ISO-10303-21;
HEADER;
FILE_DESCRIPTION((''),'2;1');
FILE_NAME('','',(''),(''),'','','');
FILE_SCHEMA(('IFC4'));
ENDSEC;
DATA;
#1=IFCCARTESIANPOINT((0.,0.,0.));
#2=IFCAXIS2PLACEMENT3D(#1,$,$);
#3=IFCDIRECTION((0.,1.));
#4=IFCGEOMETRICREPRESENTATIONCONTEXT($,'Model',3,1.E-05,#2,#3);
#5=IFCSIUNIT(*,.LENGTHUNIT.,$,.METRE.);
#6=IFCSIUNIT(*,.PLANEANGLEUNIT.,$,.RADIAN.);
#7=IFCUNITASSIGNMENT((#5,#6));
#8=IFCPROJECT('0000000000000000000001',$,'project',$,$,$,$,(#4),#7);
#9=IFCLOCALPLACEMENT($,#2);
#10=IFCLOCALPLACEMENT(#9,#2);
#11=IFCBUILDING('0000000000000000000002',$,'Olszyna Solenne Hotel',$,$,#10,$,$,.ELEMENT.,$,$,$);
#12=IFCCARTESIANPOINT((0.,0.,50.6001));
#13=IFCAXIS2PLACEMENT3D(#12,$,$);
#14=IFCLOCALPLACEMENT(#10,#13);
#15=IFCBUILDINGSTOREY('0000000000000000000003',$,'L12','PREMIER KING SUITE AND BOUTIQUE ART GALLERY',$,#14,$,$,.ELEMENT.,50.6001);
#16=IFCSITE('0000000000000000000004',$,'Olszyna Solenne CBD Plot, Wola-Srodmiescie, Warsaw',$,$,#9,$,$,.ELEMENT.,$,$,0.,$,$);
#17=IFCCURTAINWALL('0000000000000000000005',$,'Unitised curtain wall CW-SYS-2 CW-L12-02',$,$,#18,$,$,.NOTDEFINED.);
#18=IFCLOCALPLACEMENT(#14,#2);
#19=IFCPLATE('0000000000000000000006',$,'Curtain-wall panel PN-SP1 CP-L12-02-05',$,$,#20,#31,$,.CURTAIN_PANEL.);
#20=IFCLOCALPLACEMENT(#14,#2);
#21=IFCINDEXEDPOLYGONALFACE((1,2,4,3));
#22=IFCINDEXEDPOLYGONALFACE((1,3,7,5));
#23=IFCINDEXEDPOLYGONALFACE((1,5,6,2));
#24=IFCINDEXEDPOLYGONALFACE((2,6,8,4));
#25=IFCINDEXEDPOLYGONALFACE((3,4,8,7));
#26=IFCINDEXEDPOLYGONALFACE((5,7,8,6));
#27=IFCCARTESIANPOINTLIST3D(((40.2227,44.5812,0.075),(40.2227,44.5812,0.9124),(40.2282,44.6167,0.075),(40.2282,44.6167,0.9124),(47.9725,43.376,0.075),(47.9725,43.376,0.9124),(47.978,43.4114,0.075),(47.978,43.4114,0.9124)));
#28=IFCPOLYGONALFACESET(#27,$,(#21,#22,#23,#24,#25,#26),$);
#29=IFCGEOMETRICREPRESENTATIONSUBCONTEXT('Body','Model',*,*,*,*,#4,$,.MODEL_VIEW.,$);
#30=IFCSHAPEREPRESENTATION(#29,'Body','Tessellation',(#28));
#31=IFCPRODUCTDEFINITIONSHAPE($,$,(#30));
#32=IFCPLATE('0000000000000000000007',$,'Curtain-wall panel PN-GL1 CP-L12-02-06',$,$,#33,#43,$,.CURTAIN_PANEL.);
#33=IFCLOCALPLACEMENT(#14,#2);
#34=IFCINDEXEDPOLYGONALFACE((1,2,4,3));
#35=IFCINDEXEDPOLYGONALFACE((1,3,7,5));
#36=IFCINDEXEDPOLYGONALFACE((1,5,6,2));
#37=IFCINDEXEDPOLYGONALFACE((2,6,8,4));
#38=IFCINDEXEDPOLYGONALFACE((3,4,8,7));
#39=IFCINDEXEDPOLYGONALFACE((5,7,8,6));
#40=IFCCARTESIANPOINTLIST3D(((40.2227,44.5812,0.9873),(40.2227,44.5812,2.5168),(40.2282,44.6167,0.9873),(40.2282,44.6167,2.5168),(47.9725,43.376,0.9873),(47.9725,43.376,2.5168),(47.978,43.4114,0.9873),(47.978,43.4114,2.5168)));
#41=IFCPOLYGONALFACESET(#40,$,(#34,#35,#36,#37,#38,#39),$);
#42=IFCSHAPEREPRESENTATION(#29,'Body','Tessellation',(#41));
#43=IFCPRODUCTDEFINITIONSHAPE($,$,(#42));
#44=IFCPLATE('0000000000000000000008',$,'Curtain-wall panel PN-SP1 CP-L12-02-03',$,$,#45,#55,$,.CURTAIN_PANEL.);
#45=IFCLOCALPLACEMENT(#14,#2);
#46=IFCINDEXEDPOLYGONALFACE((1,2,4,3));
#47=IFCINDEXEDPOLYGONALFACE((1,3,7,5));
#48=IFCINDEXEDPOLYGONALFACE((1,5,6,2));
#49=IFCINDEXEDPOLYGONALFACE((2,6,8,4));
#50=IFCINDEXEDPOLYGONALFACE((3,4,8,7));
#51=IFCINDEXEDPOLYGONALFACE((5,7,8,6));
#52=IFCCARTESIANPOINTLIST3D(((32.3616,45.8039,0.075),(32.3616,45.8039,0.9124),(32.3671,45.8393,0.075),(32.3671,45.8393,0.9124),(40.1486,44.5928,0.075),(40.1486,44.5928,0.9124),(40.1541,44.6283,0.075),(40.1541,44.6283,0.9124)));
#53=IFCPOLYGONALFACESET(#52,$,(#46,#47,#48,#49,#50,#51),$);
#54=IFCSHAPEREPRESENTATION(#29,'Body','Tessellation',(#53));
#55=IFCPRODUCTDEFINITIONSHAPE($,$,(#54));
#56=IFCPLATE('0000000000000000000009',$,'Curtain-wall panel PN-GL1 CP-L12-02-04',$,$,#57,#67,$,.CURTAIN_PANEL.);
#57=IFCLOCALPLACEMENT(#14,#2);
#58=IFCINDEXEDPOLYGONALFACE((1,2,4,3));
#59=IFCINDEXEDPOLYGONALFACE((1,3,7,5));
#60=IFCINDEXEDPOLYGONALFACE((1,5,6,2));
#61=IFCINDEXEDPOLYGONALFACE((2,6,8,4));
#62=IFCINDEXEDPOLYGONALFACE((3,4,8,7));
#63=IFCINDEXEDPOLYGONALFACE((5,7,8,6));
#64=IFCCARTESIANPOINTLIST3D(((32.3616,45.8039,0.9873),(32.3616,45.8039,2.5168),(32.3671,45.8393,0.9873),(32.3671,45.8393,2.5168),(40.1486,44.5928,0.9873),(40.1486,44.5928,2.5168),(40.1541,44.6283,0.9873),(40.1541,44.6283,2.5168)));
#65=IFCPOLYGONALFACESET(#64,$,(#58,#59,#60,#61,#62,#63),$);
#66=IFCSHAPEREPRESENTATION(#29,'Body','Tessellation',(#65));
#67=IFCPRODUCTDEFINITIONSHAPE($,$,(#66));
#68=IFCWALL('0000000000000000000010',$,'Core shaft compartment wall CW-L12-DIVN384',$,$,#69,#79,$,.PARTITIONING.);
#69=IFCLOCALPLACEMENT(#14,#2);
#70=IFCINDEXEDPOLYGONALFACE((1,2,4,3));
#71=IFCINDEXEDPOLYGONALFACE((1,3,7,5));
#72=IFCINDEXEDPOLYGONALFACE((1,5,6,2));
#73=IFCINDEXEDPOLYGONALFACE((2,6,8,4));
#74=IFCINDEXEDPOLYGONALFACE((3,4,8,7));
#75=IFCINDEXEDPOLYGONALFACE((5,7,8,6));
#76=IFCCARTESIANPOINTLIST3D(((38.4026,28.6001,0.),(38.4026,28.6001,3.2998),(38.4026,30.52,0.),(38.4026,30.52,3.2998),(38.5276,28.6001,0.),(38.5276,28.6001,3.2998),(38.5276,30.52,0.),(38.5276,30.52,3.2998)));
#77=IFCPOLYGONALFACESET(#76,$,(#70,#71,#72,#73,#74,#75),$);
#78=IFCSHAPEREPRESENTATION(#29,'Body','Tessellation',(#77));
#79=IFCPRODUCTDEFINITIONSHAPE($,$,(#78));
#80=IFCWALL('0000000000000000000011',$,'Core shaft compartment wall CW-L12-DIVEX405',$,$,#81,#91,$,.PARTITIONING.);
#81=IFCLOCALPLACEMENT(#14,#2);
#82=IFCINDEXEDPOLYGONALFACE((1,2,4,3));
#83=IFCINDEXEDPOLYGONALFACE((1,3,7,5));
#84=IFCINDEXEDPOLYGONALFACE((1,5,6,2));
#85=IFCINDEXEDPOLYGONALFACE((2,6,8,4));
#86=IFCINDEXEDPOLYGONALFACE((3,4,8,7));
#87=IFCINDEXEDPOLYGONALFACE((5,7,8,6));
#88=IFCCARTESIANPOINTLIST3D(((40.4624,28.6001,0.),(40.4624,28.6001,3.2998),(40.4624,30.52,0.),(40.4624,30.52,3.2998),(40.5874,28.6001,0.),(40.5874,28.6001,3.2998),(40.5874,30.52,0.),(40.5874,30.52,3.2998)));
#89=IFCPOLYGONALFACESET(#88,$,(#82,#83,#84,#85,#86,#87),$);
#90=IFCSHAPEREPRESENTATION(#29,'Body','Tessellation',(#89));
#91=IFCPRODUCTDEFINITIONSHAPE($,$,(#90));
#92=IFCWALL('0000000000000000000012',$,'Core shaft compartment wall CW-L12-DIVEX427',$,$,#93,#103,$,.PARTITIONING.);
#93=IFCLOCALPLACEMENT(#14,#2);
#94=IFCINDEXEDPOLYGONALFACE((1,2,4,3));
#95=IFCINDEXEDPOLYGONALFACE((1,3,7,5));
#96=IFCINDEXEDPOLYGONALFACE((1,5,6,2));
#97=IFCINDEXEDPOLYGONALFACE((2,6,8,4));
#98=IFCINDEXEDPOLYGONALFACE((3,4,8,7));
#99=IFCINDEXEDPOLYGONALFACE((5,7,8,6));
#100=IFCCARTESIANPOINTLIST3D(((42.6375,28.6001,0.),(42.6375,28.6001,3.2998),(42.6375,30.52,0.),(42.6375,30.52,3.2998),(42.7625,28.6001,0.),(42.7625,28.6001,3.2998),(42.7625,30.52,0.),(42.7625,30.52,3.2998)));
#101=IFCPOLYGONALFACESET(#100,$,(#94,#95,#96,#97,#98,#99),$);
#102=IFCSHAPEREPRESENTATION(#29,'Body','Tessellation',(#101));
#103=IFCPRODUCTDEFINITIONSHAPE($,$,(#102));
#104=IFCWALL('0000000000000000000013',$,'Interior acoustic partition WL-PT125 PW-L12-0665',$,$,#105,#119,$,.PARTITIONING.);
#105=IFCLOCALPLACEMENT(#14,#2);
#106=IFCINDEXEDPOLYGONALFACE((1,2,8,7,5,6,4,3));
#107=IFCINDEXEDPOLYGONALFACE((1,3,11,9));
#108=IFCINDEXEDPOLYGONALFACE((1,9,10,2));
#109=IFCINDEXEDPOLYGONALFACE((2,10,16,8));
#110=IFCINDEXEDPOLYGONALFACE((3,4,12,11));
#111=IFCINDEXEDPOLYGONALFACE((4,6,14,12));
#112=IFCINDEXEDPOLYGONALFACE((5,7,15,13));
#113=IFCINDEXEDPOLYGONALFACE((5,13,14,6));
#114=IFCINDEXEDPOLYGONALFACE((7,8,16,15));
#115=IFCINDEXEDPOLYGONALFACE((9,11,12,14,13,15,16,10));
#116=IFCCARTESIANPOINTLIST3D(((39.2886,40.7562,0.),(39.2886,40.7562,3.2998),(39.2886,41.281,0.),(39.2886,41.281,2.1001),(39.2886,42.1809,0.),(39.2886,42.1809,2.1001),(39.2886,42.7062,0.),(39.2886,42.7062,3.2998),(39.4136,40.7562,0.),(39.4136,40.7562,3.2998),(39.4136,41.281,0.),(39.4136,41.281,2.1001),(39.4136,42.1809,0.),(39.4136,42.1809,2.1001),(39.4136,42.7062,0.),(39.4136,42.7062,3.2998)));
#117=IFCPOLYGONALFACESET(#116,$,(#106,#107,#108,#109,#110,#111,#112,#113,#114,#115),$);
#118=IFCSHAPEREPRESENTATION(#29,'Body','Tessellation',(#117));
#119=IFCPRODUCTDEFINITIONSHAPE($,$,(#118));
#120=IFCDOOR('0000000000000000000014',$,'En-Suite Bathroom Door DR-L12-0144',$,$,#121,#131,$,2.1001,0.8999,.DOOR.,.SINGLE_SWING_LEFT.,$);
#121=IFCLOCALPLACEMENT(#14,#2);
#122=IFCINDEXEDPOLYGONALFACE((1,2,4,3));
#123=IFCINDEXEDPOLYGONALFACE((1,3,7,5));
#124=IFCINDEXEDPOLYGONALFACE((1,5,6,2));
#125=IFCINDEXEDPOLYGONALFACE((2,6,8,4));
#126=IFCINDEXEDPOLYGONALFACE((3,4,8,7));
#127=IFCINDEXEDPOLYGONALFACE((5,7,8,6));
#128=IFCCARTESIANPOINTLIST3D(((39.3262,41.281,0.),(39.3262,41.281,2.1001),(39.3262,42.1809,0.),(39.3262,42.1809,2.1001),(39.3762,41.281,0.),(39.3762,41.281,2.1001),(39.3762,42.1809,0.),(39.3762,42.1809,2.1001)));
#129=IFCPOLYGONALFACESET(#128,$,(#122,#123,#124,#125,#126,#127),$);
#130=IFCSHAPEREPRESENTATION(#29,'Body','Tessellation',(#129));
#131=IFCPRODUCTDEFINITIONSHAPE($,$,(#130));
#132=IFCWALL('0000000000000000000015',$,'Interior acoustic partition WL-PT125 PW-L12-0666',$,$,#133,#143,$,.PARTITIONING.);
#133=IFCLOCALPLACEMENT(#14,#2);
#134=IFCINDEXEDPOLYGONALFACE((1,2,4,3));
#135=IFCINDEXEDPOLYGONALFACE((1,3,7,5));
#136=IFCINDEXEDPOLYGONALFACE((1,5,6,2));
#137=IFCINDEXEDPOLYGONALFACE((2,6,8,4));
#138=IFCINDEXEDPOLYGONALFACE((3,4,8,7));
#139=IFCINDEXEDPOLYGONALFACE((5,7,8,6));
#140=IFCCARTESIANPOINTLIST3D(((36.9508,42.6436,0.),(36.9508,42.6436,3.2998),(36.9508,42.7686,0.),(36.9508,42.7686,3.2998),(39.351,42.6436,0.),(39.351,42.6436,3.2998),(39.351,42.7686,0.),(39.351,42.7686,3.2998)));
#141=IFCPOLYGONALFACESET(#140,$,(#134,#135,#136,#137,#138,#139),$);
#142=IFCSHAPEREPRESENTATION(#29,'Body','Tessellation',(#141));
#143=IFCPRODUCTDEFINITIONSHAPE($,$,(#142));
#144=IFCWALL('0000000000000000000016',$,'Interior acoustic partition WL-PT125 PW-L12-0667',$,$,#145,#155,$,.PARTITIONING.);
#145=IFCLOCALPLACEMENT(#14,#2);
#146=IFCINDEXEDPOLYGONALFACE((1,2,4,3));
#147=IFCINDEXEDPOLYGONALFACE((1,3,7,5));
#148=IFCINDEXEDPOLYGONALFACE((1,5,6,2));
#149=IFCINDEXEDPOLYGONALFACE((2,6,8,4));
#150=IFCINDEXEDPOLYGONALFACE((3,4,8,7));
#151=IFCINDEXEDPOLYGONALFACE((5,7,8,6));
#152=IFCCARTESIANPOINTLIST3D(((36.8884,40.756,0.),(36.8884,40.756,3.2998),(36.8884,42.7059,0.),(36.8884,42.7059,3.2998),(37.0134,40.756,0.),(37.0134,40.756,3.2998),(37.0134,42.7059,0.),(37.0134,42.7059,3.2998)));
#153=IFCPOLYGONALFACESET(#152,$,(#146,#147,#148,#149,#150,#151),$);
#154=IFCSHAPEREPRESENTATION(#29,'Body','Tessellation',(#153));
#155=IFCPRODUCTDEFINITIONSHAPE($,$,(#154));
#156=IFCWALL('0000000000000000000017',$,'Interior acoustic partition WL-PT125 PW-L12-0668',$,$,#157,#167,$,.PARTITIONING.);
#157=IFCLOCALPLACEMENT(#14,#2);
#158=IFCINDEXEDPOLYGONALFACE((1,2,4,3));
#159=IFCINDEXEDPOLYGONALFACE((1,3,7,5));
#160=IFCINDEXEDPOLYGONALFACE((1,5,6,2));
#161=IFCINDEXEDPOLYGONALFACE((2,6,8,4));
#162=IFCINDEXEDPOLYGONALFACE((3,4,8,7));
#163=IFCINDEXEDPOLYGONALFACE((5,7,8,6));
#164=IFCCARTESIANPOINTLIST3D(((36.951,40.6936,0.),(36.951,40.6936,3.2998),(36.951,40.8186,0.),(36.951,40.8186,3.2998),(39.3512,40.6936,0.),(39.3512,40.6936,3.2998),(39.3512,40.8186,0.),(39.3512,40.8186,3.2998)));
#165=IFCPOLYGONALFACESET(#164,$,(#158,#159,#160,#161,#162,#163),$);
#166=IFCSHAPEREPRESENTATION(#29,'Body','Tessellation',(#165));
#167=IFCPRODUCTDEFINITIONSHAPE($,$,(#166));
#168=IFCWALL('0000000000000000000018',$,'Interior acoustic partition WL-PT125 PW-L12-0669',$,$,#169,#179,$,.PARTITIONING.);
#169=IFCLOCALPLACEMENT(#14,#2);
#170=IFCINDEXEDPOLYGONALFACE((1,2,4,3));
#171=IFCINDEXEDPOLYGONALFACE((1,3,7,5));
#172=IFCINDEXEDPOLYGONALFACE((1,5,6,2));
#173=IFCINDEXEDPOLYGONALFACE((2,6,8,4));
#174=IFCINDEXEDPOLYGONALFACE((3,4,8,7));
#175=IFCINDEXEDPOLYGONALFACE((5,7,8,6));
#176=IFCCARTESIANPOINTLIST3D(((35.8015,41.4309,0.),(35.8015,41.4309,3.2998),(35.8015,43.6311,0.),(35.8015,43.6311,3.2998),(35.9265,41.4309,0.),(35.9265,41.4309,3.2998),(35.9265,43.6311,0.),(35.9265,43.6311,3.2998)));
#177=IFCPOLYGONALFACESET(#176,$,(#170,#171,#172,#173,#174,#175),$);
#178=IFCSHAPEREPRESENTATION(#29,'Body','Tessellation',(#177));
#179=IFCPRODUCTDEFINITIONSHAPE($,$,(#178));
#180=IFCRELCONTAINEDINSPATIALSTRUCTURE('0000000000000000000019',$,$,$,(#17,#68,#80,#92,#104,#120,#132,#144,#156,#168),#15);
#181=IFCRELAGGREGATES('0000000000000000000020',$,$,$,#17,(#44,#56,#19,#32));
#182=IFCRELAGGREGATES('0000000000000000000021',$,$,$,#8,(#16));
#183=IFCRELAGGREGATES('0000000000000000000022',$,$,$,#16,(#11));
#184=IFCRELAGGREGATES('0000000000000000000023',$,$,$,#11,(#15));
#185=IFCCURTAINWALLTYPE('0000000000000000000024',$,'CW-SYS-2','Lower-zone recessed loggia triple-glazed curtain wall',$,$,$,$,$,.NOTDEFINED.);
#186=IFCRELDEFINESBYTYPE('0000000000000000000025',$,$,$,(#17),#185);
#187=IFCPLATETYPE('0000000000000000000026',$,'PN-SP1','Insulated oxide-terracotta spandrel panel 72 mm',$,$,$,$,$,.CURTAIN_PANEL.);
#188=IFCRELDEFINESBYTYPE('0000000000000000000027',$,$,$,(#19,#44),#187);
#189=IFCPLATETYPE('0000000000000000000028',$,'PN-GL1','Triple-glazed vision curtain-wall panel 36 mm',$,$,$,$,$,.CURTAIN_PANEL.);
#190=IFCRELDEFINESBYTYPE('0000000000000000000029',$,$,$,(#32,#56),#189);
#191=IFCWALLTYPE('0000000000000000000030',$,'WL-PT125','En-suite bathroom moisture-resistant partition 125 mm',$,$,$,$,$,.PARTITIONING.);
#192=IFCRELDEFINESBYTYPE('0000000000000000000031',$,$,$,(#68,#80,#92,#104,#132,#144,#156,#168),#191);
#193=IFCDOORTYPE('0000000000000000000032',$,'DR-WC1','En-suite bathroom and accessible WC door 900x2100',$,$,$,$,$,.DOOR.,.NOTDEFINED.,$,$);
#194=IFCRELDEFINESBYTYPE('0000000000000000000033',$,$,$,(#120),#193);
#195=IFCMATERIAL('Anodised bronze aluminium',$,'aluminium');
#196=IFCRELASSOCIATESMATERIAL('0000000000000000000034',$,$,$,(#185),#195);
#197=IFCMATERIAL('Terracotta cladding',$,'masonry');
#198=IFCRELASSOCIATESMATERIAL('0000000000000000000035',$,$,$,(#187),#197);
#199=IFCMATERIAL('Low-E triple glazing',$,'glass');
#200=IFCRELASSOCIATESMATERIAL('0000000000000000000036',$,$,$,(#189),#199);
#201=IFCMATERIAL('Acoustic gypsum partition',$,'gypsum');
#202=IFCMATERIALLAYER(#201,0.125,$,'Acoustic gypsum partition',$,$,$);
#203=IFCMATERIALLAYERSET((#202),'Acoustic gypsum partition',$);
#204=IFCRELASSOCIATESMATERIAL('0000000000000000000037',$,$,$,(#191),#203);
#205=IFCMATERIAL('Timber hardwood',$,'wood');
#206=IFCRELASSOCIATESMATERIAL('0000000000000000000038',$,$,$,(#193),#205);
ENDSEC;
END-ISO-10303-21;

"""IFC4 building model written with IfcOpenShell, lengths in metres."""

from ifc_helpers import new_model, si_unit, direction, frame, frame_2d, origin, origin_2d, place, context, subcontext, project, spatial, rectangle, extrude, source, transform, mapped, material, layer, layer_set, type_object, type_shapes, element, fill, aggregate, save


model = new_model("IFC4")

# Units and contexts
model_context = context("Model", 3, precision=1e-05, world=origin(), true_north=direction((0.0, 1.0)))
body_context = subcontext(model_context, "Body", "Model", "MODEL_VIEW")
ifc_project = project(units=[si_unit("LENGTHUNIT", "METRE"), si_unit("PLANEANGLEUNIT", "RADIAN")], contexts=[model_context])

# Site, building, storey
site_placement = place(None, origin())
site = spatial("IfcSite", under=ifc_project, at=site_placement, Name="Olszyna Solenne CBD Plot, Wola-Srodmiescie, Warsaw", CompositionType="ELEMENT", RefElevation=0.0)
building_placement = place(site_placement, origin())
building = spatial("IfcBuilding", under=site, at=building_placement, Name="Olszyna Solenne Hotel", CompositionType="ELEMENT")
storey_placement = place(building_placement, frame((0.0, 0.0, 50.6001)))
storey = spatial("IfcBuildingStorey", under=building, at=storey_placement, Name="L12", Description="PREMIER KING SUITE AND BOUTIQUE ART GALLERY", CompositionType="ELEMENT", Elevation=50.6001)

# Curtain wall
ifc_material_1 = material(Name="Anodised bronze aluminium", Category="aluminium")
curtain_wall_type = type_object("IfcCurtainWallType", Name="CW-SYS-2", Description="Lower-zone recessed loggia triple-glazed curtain wall", PredefinedType="NOTDEFINED", material=ifc_material_1)
curtain_wall_placement = place(storey_placement, origin())
curtain_wall = element("IfcCurtainWall", 1, at=curtain_wall_placement, inside=storey, type_object=curtain_wall_type, Name="Unitised curtain wall CW-SYS-2 CW-L12-02", PredefinedType="NOTDEFINED")

# Plates
ifc_material_2 = material(Name="Terracotta cladding", Category="masonry")
plate_type_1 = type_object("IfcPlateType", Name="PN-SP1", Description="Insulated oxide-terracotta spandrel panel 72 mm", PredefinedType="CURTAIN_PANEL", material=ifc_material_2)
shared_shape_1 = source(origin(), body_context, "Body", "SweptSolid", [
    extrude(rectangle(XDim=7.843, YDim=0.0359, at=origin_2d()), origin(), (0.0, 0.0, 1.0), 0.8374),
])
plate_1_placement = place(storey_placement, frame((44.1003, 43.9963, 0.075), z_axis=(0.0, 0.0, 1.0), x_axis=(0.988122, -0.153674, 0.0)))
plate_1 = element("IfcPlate", 2, at=plate_1_placement, type_object=plate_type_1, Name="Curtain-wall panel PN-SP1 CP-L12-02-05", PredefinedType="CURTAIN_PANEL", context=body_context, shape_type="MappedRepresentation", body=[
    mapped(shared_shape_1, transform((0.0, 0.0, 0.0), x_axis=(1.0, 0.0, 0.0), y_axis=(0.0, 1.0, 0.0), z_axis=(0.0, 0.0, 1.0), scale=1.0)),
])
ifc_material_3 = material(Name="Low-E triple glazing", Category="glass")
plate_type_2 = type_object("IfcPlateType", Name="PN-GL1", Description="Triple-glazed vision curtain-wall panel 36 mm", PredefinedType="CURTAIN_PANEL", material=ifc_material_3)
shared_shape_2 = source(origin(), body_context, "Body", "SweptSolid", [
    extrude(rectangle(XDim=7.843, YDim=0.0359, at=origin_2d()), origin(), (0.0, 0.0, 1.0), 1.5295),
])
plate_2_placement = place(storey_placement, frame((44.1003, 43.9963, 0.9873), z_axis=(0.0, 0.0, 1.0), x_axis=(0.988122, -0.153674, 0.0)))
plate_2 = element("IfcPlate", 3, at=plate_2_placement, type_object=plate_type_2, Name="Curtain-wall panel PN-GL1 CP-L12-02-06", PredefinedType="CURTAIN_PANEL", context=body_context, shape_type="MappedRepresentation", body=[
    mapped(shared_shape_2, transform((0.0, 0.0, 0.0), x_axis=(1.0, 0.0, 0.0), y_axis=(0.0, 1.0, 0.0), z_axis=(0.0, 0.0, 1.0), scale=1.0)),
])
shared_shape_3 = source(origin(), body_context, "Body", "SweptSolid", [
    extrude(rectangle(XDim=7.8806, YDim=0.0359, at=origin_2d()), origin(), (0.0, 0.0, 1.0), 0.8374),
])
plate_3_placement = place(storey_placement, frame((36.2578, 45.2161, 0.075), z_axis=(0.0, 0.0, 1.0), x_axis=(0.988122, -0.153674, 0.0)))
plate_3 = element("IfcPlate", 4, at=plate_3_placement, type_object=plate_type_1, Name="Curtain-wall panel PN-SP1 CP-L12-02-03", PredefinedType="CURTAIN_PANEL", context=body_context, shape_type="MappedRepresentation", body=[
    mapped(shared_shape_3, transform((0.0, 0.0, 0.0), x_axis=(1.0, 0.0, 0.0), y_axis=(0.0, 1.0, 0.0), z_axis=(0.0, 0.0, 1.0), scale=1.0)),
])
shared_shape_4 = source(origin(), body_context, "Body", "SweptSolid", [
    extrude(rectangle(XDim=7.8806, YDim=0.0359, at=origin_2d()), origin(), (0.0, 0.0, 1.0), 1.5295),
])
plate_4_placement = place(storey_placement, frame((36.2578, 45.2161, 0.9873), z_axis=(0.0, 0.0, 1.0), x_axis=(0.988122, -0.153674, 0.0)))
plate_4 = element("IfcPlate", 5, at=plate_4_placement, type_object=plate_type_2, Name="Curtain-wall panel PN-GL1 CP-L12-02-04", PredefinedType="CURTAIN_PANEL", context=body_context, shape_type="MappedRepresentation", body=[
    mapped(shared_shape_4, transform((0.0, 0.0, 0.0), x_axis=(1.0, 0.0, 0.0), y_axis=(0.0, 1.0, 0.0), z_axis=(0.0, 0.0, 1.0), scale=1.0)),
])
aggregate(curtain_wall, [plate_3, plate_4, plate_1, plate_2])

# Walls
ifc_material_4 = material(Name="Acoustic gypsum partition", Category="gypsum")
ifc_layer_1 = layer(ifc_material_4, 0.125, Name="Acoustic gypsum partition")
ifc_layer_set_1 = layer_set([ifc_layer_1], Name="Acoustic gypsum partition")
wall_type_1 = type_object("IfcWallType", Name="WL-PT125", Description="En-suite bathroom moisture-resistant partition 125 mm", PredefinedType="PARTITIONING", material=ifc_layer_set_1)
for number, where, z_axis, x_axis, name in (
    (6, (38.4651, 28.6001, 0.0), (0.0, 0.0, 1.0), (0.0, 1.0, 0.0), "Core shaft compartment wall CW-L12-DIVN384"),
    (7, (40.5249, 28.6001, 0.0), (0.0, 0.0, 1.0), (0.0, 1.0, 0.0), "Core shaft compartment wall CW-L12-DIVEX405"),
    (8, (42.7, 28.6001, 0.0), (0.0, 0.0, 1.0), (0.0, 1.0, 0.0), "Core shaft compartment wall CW-L12-DIVEX427"),
):
    element("IfcWall", number, at=place(storey_placement, frame(where, z_axis=z_axis, x_axis=x_axis)), inside=storey, type_object=wall_type_1, Name=name, PredefinedType="PARTITIONING", context=body_context, shape_type="SweptSolid", body=[
        extrude(rectangle(XDim=1.9199, YDim=0.125, at=frame_2d((0.96, 0.0))), origin(), (0.0, 0.0, 1.0), 3.2998),
    ])

# Wall, opening, door
wall_1_placement = place(storey_placement, frame((39.3511, 40.7561, 0.0), z_axis=(0.0, 0.0, 1.0), x_axis=(0.0, 1.0, 0.0)))
wall_1 = element("IfcWall", 9, at=wall_1_placement, inside=storey, type_object=wall_type_1, Name="Interior acoustic partition WL-PT125 PW-L12-0665", PredefinedType="PARTITIONING", context=body_context, shape_type="SweptSolid", body=[
    extrude(rectangle(XDim=1.95, YDim=0.125, at=frame_2d((0.9751, 0.0))), origin(), (0.0, 0.0, 1.0), 3.2998),
])
opening_1_placement = place(wall_1_placement, frame((0.5249, 0.0, 0.0)))
opening_1 = element("IfcOpeningElement", 10, at=opening_1_placement, cuts=wall_1, PredefinedType="OPENING", context=body_context, shape_type="SweptSolid", body=[
    extrude(rectangle(XDim=0.8999, YDim=2.1001, at=frame_2d((0.45, 1.05))), frame((0.0, 0.0725, 0.0), z_axis=(0.0, -1.0, 0.0), x_axis=(1.0, 0.0, 0.0)), (0.0, 0.0, 1.0), 0.145),
])
ifc_material_5 = material(Name="Timber hardwood", Category="wood")
door_type = type_object("IfcDoorType", Name="DR-WC1", Description="En-suite bathroom and accessible WC door 900x2100", OperationType="NOTDEFINED", PredefinedType="DOOR", material=ifc_material_5)
shared_shape_5 = source(origin(), body_context, "Body", "SweptSolid", [
    extrude(rectangle(XDim=0.8999, YDim=2.1001, at=frame_2d((0.45, 1.05))), frame((0.0, 0.0249, 0.0), z_axis=(0.0, -1.0, 0.0), x_axis=(1.0, 0.0, 0.0)), (0.0, 0.0, 1.0), 0.05),
])
type_shapes(door_type, [shared_shape_5])
door_1_placement = place(opening_1_placement, origin())
door_1 = element("IfcDoor", 11, at=door_1_placement, inside=storey, type_object=door_type, Name="En-Suite Bathroom Door DR-L12-0144", OperationType="SINGLE_SWING_LEFT", OverallHeight=2.1001, OverallWidth=0.8999, PredefinedType="DOOR", context=body_context, shape_type="MappedRepresentation", body=[
    mapped(shared_shape_5, transform((0.0, 0.0, 0.0), x_axis=(1.0, 0.0, 0.0), y_axis=(0.0, 1.0, 0.0), z_axis=(0.0, 0.0, 1.0), scale=1.0)),
])
fill(opening_1, door_1)

# Walls
wall_2_placement = place(storey_placement, frame((39.3511, 42.7061, 0.0), z_axis=(0.0, 0.0, 1.0), x_axis=(-1.0, 0.0, 0.0)))
element("IfcWall", 12, at=wall_2_placement, inside=storey, type_object=wall_type_1, Name="Interior acoustic partition WL-PT125 PW-L12-0666", PredefinedType="PARTITIONING", context=body_context, shape_type="SweptSolid", body=[
    extrude(rectangle(XDim=2.4001, YDim=0.125, at=frame_2d((1.2002, 0.0))), origin(), (0.0, 0.0, 1.0), 3.2998),
])
wall_3_placement = place(storey_placement, frame((36.9509, 42.7061, 0.0), z_axis=(0.0, 0.0, 1.0), x_axis=(0.0, -1.0, 0.0)))
element("IfcWall", 13, at=wall_3_placement, inside=storey, type_object=wall_type_1, Name="Interior acoustic partition WL-PT125 PW-L12-0667", PredefinedType="PARTITIONING", context=body_context, shape_type="SweptSolid", body=[
    extrude(rectangle(XDim=1.95, YDim=0.125, at=frame_2d((0.9751, 0.0))), origin(), (0.0, 0.0, 1.0), 3.2998),
])
wall_4_placement = place(storey_placement, frame((36.9509, 40.7561, 0.0), z_axis=(0.0, 0.0, 1.0), x_axis=(1.0, 0.0, 0.0)))
element("IfcWall", 14, at=wall_4_placement, inside=storey, type_object=wall_type_1, Name="Interior acoustic partition WL-PT125 PW-L12-0668", PredefinedType="PARTITIONING", context=body_context, shape_type="SweptSolid", body=[
    extrude(rectangle(XDim=2.4001, YDim=0.125, at=frame_2d((1.2002, 0.0))), origin(), (0.0, 0.0, 1.0), 3.2998),
])
wall_5_placement = place(storey_placement, frame((35.864, 41.4309, 0.0), z_axis=(0.0, 0.0, 1.0), x_axis=(0.0, 1.0, 0.0)))
element("IfcWall", 15, at=wall_5_placement, inside=storey, type_object=wall_type_1, Name="Interior acoustic partition WL-PT125 PW-L12-0669", PredefinedType="PARTITIONING", context=body_context, shape_type="SweptSolid", body=[
    extrude(rectangle(XDim=2.2002, YDim=0.125, at=frame_2d((1.1001, 0.0))), origin(), (0.0, 0.0, 1.0), 3.2998),
])

save(model, "model.ifc")
